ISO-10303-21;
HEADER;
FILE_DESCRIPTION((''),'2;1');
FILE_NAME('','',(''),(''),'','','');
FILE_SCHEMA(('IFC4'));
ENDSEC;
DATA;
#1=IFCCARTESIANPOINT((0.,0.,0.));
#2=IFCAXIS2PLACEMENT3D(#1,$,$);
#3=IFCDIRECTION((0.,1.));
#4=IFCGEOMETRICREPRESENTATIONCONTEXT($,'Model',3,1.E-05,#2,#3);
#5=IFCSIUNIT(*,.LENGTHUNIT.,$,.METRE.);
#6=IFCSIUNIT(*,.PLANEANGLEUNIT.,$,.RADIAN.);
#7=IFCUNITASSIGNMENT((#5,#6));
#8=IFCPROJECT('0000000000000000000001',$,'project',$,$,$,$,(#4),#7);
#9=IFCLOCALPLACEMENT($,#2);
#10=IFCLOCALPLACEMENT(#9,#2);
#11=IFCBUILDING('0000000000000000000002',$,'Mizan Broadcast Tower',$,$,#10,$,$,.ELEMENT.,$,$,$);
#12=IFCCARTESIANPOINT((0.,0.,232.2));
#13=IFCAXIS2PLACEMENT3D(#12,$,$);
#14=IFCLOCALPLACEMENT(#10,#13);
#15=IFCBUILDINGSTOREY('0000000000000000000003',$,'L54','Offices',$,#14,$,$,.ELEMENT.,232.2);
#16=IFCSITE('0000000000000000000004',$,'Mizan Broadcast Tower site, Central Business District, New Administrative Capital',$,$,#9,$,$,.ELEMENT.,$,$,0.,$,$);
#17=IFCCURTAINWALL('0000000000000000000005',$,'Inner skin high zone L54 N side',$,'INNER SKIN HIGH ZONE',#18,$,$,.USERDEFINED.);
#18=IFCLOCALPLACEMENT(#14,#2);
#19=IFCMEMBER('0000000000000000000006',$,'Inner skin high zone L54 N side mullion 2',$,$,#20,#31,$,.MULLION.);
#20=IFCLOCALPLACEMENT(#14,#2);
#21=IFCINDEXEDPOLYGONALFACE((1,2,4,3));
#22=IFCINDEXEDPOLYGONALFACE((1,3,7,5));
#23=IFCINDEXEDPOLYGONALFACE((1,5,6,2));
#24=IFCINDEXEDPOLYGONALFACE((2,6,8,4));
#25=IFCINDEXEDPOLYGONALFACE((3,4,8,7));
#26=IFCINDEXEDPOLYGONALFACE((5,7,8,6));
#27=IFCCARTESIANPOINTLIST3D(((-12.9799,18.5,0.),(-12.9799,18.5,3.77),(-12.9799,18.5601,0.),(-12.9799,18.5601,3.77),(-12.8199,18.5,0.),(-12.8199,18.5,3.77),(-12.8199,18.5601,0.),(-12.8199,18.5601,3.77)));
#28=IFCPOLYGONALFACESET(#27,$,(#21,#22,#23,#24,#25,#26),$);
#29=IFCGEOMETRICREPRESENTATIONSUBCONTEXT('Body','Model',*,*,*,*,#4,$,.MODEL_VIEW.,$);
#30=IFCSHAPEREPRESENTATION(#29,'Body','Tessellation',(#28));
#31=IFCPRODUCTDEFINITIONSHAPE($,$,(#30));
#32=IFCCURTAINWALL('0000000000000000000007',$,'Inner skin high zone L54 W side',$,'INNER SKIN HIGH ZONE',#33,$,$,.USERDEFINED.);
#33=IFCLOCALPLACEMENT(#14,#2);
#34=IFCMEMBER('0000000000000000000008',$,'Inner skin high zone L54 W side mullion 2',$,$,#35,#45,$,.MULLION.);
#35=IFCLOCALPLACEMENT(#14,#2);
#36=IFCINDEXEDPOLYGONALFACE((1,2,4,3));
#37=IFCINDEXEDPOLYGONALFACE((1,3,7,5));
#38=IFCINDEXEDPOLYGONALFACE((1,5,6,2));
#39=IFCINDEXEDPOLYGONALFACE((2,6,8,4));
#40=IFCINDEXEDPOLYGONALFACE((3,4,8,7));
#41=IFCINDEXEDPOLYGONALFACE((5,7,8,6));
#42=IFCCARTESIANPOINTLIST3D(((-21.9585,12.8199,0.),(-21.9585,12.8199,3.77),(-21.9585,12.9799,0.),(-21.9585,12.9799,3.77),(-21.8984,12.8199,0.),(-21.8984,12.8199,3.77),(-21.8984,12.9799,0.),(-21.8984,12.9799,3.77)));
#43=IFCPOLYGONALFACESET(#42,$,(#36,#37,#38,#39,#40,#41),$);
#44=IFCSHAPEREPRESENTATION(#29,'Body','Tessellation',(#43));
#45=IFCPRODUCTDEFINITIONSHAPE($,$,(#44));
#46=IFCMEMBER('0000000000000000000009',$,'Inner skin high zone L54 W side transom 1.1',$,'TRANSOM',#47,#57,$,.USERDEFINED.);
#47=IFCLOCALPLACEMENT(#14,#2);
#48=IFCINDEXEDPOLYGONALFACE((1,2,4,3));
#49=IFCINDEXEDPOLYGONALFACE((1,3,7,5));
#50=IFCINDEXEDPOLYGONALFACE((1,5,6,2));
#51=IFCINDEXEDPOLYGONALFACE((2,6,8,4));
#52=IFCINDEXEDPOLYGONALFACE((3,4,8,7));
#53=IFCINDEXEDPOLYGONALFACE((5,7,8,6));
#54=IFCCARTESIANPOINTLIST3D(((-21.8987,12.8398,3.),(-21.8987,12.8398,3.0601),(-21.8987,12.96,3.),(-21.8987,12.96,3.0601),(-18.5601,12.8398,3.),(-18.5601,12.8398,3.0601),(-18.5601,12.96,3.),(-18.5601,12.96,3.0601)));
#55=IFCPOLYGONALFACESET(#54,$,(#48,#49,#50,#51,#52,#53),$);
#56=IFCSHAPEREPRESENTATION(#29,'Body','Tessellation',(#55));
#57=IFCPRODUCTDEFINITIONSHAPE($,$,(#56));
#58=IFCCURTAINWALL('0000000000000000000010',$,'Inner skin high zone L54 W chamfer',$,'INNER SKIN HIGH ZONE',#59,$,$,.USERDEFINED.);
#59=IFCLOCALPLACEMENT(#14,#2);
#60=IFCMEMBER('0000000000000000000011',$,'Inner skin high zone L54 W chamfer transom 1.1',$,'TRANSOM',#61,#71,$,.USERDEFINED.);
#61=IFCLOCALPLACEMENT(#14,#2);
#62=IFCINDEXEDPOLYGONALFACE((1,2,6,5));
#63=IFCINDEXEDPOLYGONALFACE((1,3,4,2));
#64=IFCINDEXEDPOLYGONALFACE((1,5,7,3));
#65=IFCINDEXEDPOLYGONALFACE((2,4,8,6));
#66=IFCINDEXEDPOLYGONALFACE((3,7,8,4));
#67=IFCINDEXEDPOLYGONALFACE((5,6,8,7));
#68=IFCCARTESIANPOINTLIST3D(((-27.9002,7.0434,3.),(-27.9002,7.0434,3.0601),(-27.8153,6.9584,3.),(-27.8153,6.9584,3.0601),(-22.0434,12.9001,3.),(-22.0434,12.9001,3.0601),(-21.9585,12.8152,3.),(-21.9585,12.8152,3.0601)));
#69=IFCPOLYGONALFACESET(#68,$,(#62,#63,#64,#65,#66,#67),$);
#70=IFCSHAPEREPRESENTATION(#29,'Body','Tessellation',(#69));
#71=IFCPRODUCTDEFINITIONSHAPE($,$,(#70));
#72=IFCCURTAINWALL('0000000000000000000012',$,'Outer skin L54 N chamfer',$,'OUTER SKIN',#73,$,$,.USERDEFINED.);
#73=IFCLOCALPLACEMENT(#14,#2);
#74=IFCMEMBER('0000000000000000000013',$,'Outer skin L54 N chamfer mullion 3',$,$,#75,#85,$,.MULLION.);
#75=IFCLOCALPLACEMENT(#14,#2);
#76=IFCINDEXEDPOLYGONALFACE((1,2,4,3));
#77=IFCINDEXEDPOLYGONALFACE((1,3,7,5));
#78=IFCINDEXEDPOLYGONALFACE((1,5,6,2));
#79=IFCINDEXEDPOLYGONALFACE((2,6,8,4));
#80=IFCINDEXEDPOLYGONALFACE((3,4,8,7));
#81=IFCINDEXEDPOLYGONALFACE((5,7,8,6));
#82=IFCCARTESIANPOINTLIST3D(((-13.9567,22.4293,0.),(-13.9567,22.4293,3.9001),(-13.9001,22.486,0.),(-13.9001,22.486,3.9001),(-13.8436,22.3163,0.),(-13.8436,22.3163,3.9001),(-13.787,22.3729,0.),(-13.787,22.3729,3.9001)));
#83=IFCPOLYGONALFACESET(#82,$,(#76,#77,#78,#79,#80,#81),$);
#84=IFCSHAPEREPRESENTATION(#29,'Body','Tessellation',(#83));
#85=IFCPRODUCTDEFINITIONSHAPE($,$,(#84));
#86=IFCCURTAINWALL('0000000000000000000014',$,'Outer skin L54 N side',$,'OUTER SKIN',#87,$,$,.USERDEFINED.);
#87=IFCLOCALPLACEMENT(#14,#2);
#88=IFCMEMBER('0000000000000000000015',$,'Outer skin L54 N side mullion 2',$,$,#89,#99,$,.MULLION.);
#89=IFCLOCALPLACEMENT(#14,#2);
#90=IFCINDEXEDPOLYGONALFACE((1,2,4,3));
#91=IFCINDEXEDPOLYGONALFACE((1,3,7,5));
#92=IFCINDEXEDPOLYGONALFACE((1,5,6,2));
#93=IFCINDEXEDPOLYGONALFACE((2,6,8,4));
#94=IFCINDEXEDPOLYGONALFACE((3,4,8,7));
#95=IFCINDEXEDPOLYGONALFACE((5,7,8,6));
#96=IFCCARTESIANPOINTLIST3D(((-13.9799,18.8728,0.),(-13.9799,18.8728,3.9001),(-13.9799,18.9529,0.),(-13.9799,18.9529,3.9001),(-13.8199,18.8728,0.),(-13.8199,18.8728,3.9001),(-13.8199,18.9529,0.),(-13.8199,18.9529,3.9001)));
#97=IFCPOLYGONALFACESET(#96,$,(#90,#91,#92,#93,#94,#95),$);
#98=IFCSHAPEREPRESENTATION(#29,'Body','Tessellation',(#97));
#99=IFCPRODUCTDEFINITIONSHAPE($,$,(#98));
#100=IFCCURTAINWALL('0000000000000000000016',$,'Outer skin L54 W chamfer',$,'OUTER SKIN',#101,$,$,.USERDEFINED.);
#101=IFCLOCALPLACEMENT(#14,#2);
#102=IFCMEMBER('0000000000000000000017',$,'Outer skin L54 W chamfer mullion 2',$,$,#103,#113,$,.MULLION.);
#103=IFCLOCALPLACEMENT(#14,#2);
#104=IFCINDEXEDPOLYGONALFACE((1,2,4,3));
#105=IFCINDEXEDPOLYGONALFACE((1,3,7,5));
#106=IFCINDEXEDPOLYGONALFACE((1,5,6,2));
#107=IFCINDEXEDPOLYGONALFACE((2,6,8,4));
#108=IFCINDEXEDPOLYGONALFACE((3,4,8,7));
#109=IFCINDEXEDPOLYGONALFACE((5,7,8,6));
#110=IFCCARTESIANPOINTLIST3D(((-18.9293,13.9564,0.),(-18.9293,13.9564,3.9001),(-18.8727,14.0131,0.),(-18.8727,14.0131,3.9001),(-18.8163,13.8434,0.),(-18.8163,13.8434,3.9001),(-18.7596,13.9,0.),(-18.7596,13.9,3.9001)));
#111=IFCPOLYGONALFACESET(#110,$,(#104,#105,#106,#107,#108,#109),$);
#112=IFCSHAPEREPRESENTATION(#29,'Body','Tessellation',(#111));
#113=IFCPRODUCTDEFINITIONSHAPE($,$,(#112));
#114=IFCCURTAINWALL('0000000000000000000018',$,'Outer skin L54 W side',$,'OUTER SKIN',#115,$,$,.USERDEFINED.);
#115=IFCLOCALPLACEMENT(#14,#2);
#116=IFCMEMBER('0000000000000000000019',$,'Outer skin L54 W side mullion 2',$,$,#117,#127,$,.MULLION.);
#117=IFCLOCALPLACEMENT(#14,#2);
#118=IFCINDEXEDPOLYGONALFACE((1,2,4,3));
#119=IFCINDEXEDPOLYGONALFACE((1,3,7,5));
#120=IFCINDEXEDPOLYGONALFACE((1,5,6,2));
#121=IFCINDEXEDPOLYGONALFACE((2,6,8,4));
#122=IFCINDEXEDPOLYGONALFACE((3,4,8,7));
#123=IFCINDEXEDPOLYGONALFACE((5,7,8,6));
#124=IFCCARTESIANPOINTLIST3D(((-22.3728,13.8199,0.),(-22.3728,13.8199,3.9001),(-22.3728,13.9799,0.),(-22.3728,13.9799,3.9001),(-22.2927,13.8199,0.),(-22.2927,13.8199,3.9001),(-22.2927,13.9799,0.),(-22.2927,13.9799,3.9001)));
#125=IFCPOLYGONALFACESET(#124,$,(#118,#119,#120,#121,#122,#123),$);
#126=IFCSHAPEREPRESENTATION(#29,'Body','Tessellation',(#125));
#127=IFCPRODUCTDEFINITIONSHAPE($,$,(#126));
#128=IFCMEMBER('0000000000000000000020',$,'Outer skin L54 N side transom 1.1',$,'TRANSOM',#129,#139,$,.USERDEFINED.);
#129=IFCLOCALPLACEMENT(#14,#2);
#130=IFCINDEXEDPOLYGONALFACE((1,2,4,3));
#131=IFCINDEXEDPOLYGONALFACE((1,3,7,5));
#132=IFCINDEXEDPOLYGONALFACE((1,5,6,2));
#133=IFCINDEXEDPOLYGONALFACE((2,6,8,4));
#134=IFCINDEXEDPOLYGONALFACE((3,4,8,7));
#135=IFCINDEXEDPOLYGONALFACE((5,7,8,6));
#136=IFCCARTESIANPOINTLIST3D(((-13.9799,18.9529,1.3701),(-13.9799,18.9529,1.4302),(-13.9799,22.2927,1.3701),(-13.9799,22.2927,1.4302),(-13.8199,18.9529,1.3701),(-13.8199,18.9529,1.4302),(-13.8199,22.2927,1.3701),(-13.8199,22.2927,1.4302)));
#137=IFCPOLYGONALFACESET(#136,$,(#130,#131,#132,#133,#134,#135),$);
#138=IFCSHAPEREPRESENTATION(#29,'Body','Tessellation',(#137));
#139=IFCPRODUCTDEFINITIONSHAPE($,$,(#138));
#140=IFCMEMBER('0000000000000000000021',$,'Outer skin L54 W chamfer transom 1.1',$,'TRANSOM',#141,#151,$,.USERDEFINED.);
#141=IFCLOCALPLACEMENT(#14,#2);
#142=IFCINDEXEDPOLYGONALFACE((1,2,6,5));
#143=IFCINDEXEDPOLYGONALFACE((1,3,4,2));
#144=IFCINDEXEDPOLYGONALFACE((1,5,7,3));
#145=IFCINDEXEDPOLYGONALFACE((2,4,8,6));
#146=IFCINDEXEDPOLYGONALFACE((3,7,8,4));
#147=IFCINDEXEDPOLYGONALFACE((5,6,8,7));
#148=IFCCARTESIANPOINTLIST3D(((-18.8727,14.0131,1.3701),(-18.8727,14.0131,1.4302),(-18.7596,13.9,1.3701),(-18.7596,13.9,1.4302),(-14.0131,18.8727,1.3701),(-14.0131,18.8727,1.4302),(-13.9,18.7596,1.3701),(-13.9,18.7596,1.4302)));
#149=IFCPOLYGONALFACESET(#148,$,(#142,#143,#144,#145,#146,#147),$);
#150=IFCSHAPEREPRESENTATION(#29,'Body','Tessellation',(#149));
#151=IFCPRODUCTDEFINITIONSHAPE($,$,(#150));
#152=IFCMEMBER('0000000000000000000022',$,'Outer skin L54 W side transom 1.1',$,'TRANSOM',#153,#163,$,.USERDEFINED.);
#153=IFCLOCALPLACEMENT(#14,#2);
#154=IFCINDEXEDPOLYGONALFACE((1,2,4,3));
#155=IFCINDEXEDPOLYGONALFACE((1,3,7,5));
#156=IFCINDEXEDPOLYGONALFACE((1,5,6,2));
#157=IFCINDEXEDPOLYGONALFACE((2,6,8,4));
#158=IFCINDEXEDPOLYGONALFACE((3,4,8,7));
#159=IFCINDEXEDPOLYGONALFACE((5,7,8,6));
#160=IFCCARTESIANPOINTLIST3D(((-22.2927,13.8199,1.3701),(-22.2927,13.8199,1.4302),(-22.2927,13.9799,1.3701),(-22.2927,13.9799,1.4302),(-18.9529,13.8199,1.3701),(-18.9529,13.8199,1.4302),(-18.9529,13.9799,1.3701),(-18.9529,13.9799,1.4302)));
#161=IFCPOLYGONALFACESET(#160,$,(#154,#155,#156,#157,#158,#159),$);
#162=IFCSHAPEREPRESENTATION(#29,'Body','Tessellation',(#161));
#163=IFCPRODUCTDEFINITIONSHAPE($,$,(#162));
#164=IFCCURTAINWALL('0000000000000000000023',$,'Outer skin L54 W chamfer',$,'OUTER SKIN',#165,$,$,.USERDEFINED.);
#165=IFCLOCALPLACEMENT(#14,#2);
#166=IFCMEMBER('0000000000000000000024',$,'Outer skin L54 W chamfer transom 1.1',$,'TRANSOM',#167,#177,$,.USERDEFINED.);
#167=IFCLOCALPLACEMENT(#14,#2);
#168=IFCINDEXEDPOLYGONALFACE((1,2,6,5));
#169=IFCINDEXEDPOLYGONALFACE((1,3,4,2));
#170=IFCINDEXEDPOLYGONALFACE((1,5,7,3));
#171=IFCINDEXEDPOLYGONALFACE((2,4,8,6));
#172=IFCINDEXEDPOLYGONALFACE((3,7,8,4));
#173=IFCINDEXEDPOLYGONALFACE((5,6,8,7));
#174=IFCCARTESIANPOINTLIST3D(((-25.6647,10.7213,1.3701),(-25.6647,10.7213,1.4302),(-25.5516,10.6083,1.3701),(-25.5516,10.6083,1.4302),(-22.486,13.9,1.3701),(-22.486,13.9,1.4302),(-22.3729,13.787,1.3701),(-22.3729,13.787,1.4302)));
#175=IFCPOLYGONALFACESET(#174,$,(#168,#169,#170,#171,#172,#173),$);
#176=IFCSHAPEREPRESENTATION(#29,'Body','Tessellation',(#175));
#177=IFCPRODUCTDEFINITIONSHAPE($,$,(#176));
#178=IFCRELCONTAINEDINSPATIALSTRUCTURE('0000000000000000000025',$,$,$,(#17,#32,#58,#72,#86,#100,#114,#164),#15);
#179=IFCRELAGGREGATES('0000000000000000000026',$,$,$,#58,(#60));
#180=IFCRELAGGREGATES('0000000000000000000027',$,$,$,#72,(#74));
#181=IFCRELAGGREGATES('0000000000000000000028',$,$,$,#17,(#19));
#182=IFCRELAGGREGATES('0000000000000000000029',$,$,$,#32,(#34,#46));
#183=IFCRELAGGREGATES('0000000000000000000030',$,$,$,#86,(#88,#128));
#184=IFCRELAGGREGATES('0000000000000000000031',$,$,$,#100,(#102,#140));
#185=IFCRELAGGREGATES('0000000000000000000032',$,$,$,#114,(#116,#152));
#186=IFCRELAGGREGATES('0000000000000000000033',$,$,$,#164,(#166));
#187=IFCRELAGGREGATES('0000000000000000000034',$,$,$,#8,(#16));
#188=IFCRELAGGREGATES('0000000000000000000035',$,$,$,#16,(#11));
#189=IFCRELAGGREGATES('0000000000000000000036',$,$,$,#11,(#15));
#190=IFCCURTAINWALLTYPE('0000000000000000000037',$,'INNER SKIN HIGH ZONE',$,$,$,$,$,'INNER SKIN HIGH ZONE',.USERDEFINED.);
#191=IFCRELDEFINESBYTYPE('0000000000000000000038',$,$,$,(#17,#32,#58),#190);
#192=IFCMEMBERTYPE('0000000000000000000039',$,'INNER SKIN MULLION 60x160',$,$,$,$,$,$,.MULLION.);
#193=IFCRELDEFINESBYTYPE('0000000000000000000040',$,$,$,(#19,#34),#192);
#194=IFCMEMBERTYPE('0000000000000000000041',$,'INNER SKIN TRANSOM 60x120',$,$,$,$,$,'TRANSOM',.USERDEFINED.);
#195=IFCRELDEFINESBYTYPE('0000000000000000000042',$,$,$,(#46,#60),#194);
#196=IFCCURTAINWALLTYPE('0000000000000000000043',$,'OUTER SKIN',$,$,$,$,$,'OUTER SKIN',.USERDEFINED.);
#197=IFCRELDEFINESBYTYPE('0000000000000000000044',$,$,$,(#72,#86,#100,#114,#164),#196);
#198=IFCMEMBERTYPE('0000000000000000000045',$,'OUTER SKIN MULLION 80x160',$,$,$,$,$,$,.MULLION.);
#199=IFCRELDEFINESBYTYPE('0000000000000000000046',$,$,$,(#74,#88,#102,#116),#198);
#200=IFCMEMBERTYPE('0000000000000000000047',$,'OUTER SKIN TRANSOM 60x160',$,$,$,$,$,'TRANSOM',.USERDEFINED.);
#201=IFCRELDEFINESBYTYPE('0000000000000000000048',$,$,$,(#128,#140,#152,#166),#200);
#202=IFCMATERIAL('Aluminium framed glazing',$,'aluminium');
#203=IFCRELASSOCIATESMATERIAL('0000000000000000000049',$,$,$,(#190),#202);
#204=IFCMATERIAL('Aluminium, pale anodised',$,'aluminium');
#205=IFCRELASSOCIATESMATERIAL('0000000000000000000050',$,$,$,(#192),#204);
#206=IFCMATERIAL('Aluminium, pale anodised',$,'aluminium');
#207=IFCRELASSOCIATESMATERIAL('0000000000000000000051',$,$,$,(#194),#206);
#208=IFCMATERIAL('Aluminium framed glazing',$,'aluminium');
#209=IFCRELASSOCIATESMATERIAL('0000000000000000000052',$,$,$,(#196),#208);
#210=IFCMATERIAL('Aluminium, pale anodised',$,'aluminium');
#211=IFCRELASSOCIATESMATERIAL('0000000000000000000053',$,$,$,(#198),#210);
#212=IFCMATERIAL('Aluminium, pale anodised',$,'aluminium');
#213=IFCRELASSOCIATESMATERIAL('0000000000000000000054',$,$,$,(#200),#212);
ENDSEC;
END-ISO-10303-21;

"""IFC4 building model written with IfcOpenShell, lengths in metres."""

from ifc_helpers import new_model, si_unit, direction, frame, origin, origin_2d, place, context, subcontext, project, spatial, rectangle, extrude, material, material_profile, profile_set, type_object, element, aggregate, save


model = new_model("IFC4")

# Units and contexts
model_context = context("Model", 3, precision=1e-05, world=origin(), true_north=direction((0.0, 1.0)))
body_context = subcontext(model_context, "Body", "Model", "MODEL_VIEW")
ifc_project = project(units=[si_unit("LENGTHUNIT", "METRE"), si_unit("PLANEANGLEUNIT", "RADIAN")], contexts=[model_context])

# Site, building, storey
site_placement = place(None, origin())
site = spatial("IfcSite", under=ifc_project, at=site_placement, Name="Mizan Broadcast Tower site, Central Business District, New Administrative Capital", CompositionType="ELEMENT", RefElevation=0.0)
building_placement = place(site_placement, origin())
building = spatial("IfcBuilding", under=site, at=building_placement, Name="Mizan Broadcast Tower", CompositionType="ELEMENT")
storey_placement = place(building_placement, frame((0.0, 0.0, 232.2)))
storey = spatial("IfcBuildingStorey", under=building, at=storey_placement, Name="L54", Description="Offices", CompositionType="ELEMENT", Elevation=232.2)

# Curtain wall, member
ifc_material_1 = material(Name="Aluminium framed glazing", Category="aluminium")
curtain_wall_type_1 = type_object("IfcCurtainWallType", Name="INNER SKIN HIGH ZONE", ElementType="INNER SKIN HIGH ZONE", PredefinedType="USERDEFINED", material=ifc_material_1)
curtain_wall_1_placement = place(storey_placement, origin())
curtain_wall_1 = element("IfcCurtainWall", 1, at=curtain_wall_1_placement, inside=storey, type_object=curtain_wall_type_1, Name="Inner skin high zone L54 N side", ObjectType="INNER SKIN HIGH ZONE", PredefinedType="USERDEFINED")
ifc_material_2 = material(Name="Aluminium, pale anodised", Category="aluminium")
ifc_material_profile_1 = material_profile(ifc_material_2, rectangle(XDim=0.1599, YDim=0.0601, at=origin_2d()), Name="MULLION 160x60")
ifc_profile_set_1 = profile_set([ifc_material_profile_1], Name="Aluminium, pale anodised")
member_type_1 = type_object("IfcMemberType", Name="INNER SKIN MULLION 60x160", PredefinedType="MULLION", material=ifc_profile_set_1)
member_1_placement = place(storey_placement, frame((-12.8999, 18.53, 0.0), z_axis=(0.0, 0.0, 1.0), x_axis=(1.0, 0.0, 0.0)))
member_1 = element("IfcMember", 2, at=member_1_placement, type_object=member_type_1, Name="Inner skin high zone L54 N side mullion 2", PredefinedType="MULLION", context=body_context, shape_type="SweptSolid", body=[
    extrude(rectangle(XDim=0.1599, YDim=0.0601, at=origin_2d()), origin(), (0.0, 0.0, 1.0), 3.77),
])

# Curtain wall, members
curtain_wall_2_placement = place(storey_placement, origin())
curtain_wall_2 = element("IfcCurtainWall", 3, at=curtain_wall_2_placement, inside=storey, type_object=curtain_wall_type_1, Name="Inner skin high zone L54 W side", ObjectType="INNER SKIN HIGH ZONE", PredefinedType="USERDEFINED")
member_2_placement = place(storey_placement, frame((-21.9285, 12.8999, 0.0), z_axis=(0.0, 0.0, 1.0), x_axis=(0.0, -1.0, 0.0)))
member_2 = element("IfcMember", 4, at=member_2_placement, type_object=member_type_1, Name="Inner skin high zone L54 W side mullion 2", PredefinedType="MULLION", context=body_context, shape_type="SweptSolid", body=[
    extrude(rectangle(XDim=0.1599, YDim=0.0601, at=origin_2d()), origin(), (0.0, 0.0, 1.0), 3.77),
])
ifc_material_3 = material(Name="Aluminium, pale anodised", Category="aluminium")
ifc_material_profile_2 = material_profile(ifc_material_3, rectangle(XDim=0.1201, YDim=0.0601, at=origin_2d()), Name="TRANSOM 120x60")
ifc_profile_set_2 = profile_set([ifc_material_profile_2], Name="Aluminium, pale anodised")
member_type_2 = type_object("IfcMemberType", Name="INNER SKIN TRANSOM 60x120", ElementType="TRANSOM", PredefinedType="USERDEFINED", material=ifc_profile_set_2)
member_3_placement = place(storey_placement, frame((-18.5601, 12.8999, 3.03), z_axis=(-1.0, 0.0, 0.0), x_axis=(0.0, -1.0, 0.0)))
member_3 = element("IfcMember", 5, at=member_3_placement, type_object=member_type_2, Name="Inner skin high zone L54 W side transom 1.1", ObjectType="TRANSOM", PredefinedType="USERDEFINED", context=body_context, shape_type="SweptSolid", body=[
    extrude(rectangle(XDim=0.1201, YDim=0.0601, at=origin_2d()), origin(), (0.0, 0.0, 1.0), 3.3386),
])

# Curtain walls, members
curtain_wall_3_placement = place(storey_placement, origin())
curtain_wall_3 = element("IfcCurtainWall", 6, at=curtain_wall_3_placement, inside=storey, type_object=curtain_wall_type_1, Name="Inner skin high zone L54 W chamfer", ObjectType="INNER SKIN HIGH ZONE", PredefinedType="USERDEFINED")
member_4_placement = place(storey_placement, frame((-22.001, 12.8577, 3.03), z_axis=(-0.707107, -0.707107, 0.0), x_axis=(0.707107, -0.707107, 0.0)))
member_4 = element("IfcMember", 7, at=member_4_placement, type_object=member_type_2, Name="Inner skin high zone L54 W chamfer transom 1.1", ObjectType="TRANSOM", PredefinedType="USERDEFINED", context=body_context, shape_type="SweptSolid", body=[
    extrude(rectangle(XDim=0.1201, YDim=0.0601, at=origin_2d()), origin(), (0.0, 0.0, 1.0), 8.2827),
])
aggregate(curtain_wall_3, [member_4])
ifc_material_4 = material(Name="Aluminium framed glazing", Category="aluminium")
curtain_wall_type_2 = type_object("IfcCurtainWallType", Name="OUTER SKIN", ElementType="OUTER SKIN", PredefinedType="USERDEFINED", material=ifc_material_4)
curtain_wall_4_placement = place(storey_placement, origin())
curtain_wall_4 = element("IfcCurtainWall", 8, at=curtain_wall_4_placement, inside=storey, type_object=curtain_wall_type_2, Name="Outer skin L54 N chamfer", ObjectType="OUTER SKIN", PredefinedType="USERDEFINED")
ifc_material_5 = material(Name="Aluminium, pale anodised", Category="aluminium")
ifc_material_profile_3 = material_profile(ifc_material_5, rectangle(XDim=0.1599, YDim=0.0801, at=origin_2d()), Name="MULLION 160x80")
ifc_profile_set_3 = profile_set([ifc_material_profile_3], Name="Aluminium, pale anodised")
member_type_3 = type_object("IfcMemberType", Name="OUTER SKIN MULLION 80x160", PredefinedType="MULLION", material=ifc_profile_set_3)
member_5_placement = place(storey_placement, frame((-13.8718, 22.4011, 0.0), z_axis=(0.0, 0.0, 1.0), x_axis=(0.707107, -0.707107, 0.0)))
member_5 = element("IfcMember", 9, at=member_5_placement, type_object=member_type_3, Name="Outer skin L54 N chamfer mullion 3", PredefinedType="MULLION", context=body_context, shape_type="SweptSolid", body=[
    extrude(rectangle(XDim=0.1599, YDim=0.0801, at=origin_2d()), origin(), (0.0, 0.0, 1.0), 3.9001),
])
aggregate(curtain_wall_4, [member_5])
curtain_wall_5_placement = place(storey_placement, origin())
curtain_wall_5 = element("IfcCurtainWall", 10, at=curtain_wall_5_placement, inside=storey, type_object=curtain_wall_type_2, Name="Outer skin L54 N side", ObjectType="OUTER SKIN", PredefinedType="USERDEFINED")
member_6_placement = place(storey_placement, frame((-13.8999, 18.9128, 0.0), z_axis=(0.0, 0.0, 1.0), x_axis=(1.0, 0.0, 0.0)))
member_6 = element("IfcMember", 11, at=member_6_placement, type_object=member_type_3, Name="Outer skin L54 N side mullion 2", PredefinedType="MULLION", context=body_context, shape_type="SweptSolid", body=[
    extrude(rectangle(XDim=0.1599, YDim=0.0801, at=origin_2d()), origin(), (0.0, 0.0, 1.0), 3.9001),
])
curtain_wall_6_placement = place(storey_placement, origin())
curtain_wall_6 = element("IfcCurtainWall", 12, at=curtain_wall_6_placement, inside=storey, type_object=curtain_wall_type_2, Name="Outer skin L54 W chamfer", ObjectType="OUTER SKIN", PredefinedType="USERDEFINED")
member_7_placement = place(storey_placement, frame((-18.8445, 13.9282, 0.0), z_axis=(0.0, 0.0, 1.0), x_axis=(0.707107, -0.707107, 0.0)))
member_7 = element("IfcMember", 13, at=member_7_placement, type_object=member_type_3, Name="Outer skin L54 W chamfer mullion 2", PredefinedType="MULLION", context=body_context, shape_type="SweptSolid", body=[
    extrude(rectangle(XDim=0.1599, YDim=0.0801, at=origin_2d()), origin(), (0.0, 0.0, 1.0), 3.9001),
])
curtain_wall_7_placement = place(storey_placement, origin())
curtain_wall_7 = element("IfcCurtainWall", 14, at=curtain_wall_7_placement, inside=storey, type_object=curtain_wall_type_2, Name="Outer skin L54 W side", ObjectType="OUTER SKIN", PredefinedType="USERDEFINED")
member_8_placement = place(storey_placement, frame((-22.3328, 13.8999, 0.0), z_axis=(0.0, 0.0, 1.0), x_axis=(0.0, -1.0, 0.0)))
member_8 = element("IfcMember", 15, at=member_8_placement, type_object=member_type_3, Name="Outer skin L54 W side mullion 2", PredefinedType="MULLION", context=body_context, shape_type="SweptSolid", body=[
    extrude(rectangle(XDim=0.1599, YDim=0.0801, at=origin_2d()), origin(), (0.0, 0.0, 1.0), 3.9001),
])

# Members
ifc_material_6 = material(Name="Aluminium, pale anodised", Category="aluminium")
ifc_material_profile_4 = material_profile(ifc_material_6, rectangle(XDim=0.1599, YDim=0.0601, at=origin_2d()), Name="TRANSOM 160x60")
ifc_profile_set_4 = profile_set([ifc_material_profile_4], Name="Aluminium, pale anodised")
member_type_4 = type_object("IfcMemberType", Name="OUTER SKIN TRANSOM 60x160", ElementType="TRANSOM", PredefinedType="USERDEFINED", material=ifc_profile_set_4)
member_9_placement = place(storey_placement, frame((-13.8999, 22.2927, 1.4001), z_axis=(0.0, -1.0, 0.0), x_axis=(1.0, 0.0, 0.0)))
member_9 = element("IfcMember", 16, at=member_9_placement, type_object=member_type_4, Name="Outer skin L54 N side transom 1.1", ObjectType="TRANSOM", PredefinedType="USERDEFINED", context=body_context, shape_type="SweptSolid", body=[
    extrude(rectangle(XDim=0.1599, YDim=0.0601, at=origin_2d()), origin(), (0.0, 0.0, 1.0), 3.3398),
])
member_10_placement = place(storey_placement, frame((-13.9565, 18.8162, 1.4001), z_axis=(-0.707107, -0.707107, 0.0), x_axis=(0.707107, -0.707107, 0.0)))
member_10 = element("IfcMember", 17, at=member_10_placement, type_object=member_type_4, Name="Outer skin L54 W chamfer transom 1.1", ObjectType="TRANSOM", PredefinedType="USERDEFINED", context=body_context, shape_type="SweptSolid", body=[
    extrude(rectangle(XDim=0.1599, YDim=0.0601, at=origin_2d()), origin(), (0.0, 0.0, 1.0), 6.8726),
])
member_11_placement = place(storey_placement, frame((-18.9529, 13.8999, 1.4001), z_axis=(-1.0, 0.0, 0.0), x_axis=(0.0, -1.0, 0.0)))
member_11 = element("IfcMember", 18, at=member_11_placement, type_object=member_type_4, Name="Outer skin L54 W side transom 1.1", ObjectType="TRANSOM", PredefinedType="USERDEFINED", context=body_context, shape_type="SweptSolid", body=[
    extrude(rectangle(XDim=0.1599, YDim=0.0601, at=origin_2d()), origin(), (0.0, 0.0, 1.0), 3.3398),
])

# Curtain wall, member
curtain_wall_8_placement = place(storey_placement, origin())
curtain_wall_8 = element("IfcCurtainWall", 19, at=curtain_wall_8_placement, inside=storey, type_object=curtain_wall_type_2, Name="Outer skin L54 W chamfer", ObjectType="OUTER SKIN", PredefinedType="USERDEFINED")
member_12_placement = place(storey_placement, frame((-22.4294, 13.8435, 1.4001), z_axis=(-0.707107, -0.707107, 0.0), x_axis=(0.707107, -0.707107, 0.0)))
member_12 = element("IfcMember", 20, at=member_12_placement, type_object=member_type_4, Name="Outer skin L54 W chamfer transom 1.1", ObjectType="TRANSOM", PredefinedType="USERDEFINED", context=body_context, shape_type="SweptSolid", body=[
    extrude(rectangle(XDim=0.1599, YDim=0.0601, at=origin_2d()), origin(), (0.0, 0.0, 1.0), 4.4954),
])

aggregate(curtain_wall_1, [member_1])
aggregate(curtain_wall_2, [member_2, member_3])
aggregate(curtain_wall_5, [member_6, member_9])
aggregate(curtain_wall_6, [member_7, member_10])
aggregate(curtain_wall_7, [member_8, member_11])
aggregate(curtain_wall_8, [member_12])

save(model, "model.ifc")
